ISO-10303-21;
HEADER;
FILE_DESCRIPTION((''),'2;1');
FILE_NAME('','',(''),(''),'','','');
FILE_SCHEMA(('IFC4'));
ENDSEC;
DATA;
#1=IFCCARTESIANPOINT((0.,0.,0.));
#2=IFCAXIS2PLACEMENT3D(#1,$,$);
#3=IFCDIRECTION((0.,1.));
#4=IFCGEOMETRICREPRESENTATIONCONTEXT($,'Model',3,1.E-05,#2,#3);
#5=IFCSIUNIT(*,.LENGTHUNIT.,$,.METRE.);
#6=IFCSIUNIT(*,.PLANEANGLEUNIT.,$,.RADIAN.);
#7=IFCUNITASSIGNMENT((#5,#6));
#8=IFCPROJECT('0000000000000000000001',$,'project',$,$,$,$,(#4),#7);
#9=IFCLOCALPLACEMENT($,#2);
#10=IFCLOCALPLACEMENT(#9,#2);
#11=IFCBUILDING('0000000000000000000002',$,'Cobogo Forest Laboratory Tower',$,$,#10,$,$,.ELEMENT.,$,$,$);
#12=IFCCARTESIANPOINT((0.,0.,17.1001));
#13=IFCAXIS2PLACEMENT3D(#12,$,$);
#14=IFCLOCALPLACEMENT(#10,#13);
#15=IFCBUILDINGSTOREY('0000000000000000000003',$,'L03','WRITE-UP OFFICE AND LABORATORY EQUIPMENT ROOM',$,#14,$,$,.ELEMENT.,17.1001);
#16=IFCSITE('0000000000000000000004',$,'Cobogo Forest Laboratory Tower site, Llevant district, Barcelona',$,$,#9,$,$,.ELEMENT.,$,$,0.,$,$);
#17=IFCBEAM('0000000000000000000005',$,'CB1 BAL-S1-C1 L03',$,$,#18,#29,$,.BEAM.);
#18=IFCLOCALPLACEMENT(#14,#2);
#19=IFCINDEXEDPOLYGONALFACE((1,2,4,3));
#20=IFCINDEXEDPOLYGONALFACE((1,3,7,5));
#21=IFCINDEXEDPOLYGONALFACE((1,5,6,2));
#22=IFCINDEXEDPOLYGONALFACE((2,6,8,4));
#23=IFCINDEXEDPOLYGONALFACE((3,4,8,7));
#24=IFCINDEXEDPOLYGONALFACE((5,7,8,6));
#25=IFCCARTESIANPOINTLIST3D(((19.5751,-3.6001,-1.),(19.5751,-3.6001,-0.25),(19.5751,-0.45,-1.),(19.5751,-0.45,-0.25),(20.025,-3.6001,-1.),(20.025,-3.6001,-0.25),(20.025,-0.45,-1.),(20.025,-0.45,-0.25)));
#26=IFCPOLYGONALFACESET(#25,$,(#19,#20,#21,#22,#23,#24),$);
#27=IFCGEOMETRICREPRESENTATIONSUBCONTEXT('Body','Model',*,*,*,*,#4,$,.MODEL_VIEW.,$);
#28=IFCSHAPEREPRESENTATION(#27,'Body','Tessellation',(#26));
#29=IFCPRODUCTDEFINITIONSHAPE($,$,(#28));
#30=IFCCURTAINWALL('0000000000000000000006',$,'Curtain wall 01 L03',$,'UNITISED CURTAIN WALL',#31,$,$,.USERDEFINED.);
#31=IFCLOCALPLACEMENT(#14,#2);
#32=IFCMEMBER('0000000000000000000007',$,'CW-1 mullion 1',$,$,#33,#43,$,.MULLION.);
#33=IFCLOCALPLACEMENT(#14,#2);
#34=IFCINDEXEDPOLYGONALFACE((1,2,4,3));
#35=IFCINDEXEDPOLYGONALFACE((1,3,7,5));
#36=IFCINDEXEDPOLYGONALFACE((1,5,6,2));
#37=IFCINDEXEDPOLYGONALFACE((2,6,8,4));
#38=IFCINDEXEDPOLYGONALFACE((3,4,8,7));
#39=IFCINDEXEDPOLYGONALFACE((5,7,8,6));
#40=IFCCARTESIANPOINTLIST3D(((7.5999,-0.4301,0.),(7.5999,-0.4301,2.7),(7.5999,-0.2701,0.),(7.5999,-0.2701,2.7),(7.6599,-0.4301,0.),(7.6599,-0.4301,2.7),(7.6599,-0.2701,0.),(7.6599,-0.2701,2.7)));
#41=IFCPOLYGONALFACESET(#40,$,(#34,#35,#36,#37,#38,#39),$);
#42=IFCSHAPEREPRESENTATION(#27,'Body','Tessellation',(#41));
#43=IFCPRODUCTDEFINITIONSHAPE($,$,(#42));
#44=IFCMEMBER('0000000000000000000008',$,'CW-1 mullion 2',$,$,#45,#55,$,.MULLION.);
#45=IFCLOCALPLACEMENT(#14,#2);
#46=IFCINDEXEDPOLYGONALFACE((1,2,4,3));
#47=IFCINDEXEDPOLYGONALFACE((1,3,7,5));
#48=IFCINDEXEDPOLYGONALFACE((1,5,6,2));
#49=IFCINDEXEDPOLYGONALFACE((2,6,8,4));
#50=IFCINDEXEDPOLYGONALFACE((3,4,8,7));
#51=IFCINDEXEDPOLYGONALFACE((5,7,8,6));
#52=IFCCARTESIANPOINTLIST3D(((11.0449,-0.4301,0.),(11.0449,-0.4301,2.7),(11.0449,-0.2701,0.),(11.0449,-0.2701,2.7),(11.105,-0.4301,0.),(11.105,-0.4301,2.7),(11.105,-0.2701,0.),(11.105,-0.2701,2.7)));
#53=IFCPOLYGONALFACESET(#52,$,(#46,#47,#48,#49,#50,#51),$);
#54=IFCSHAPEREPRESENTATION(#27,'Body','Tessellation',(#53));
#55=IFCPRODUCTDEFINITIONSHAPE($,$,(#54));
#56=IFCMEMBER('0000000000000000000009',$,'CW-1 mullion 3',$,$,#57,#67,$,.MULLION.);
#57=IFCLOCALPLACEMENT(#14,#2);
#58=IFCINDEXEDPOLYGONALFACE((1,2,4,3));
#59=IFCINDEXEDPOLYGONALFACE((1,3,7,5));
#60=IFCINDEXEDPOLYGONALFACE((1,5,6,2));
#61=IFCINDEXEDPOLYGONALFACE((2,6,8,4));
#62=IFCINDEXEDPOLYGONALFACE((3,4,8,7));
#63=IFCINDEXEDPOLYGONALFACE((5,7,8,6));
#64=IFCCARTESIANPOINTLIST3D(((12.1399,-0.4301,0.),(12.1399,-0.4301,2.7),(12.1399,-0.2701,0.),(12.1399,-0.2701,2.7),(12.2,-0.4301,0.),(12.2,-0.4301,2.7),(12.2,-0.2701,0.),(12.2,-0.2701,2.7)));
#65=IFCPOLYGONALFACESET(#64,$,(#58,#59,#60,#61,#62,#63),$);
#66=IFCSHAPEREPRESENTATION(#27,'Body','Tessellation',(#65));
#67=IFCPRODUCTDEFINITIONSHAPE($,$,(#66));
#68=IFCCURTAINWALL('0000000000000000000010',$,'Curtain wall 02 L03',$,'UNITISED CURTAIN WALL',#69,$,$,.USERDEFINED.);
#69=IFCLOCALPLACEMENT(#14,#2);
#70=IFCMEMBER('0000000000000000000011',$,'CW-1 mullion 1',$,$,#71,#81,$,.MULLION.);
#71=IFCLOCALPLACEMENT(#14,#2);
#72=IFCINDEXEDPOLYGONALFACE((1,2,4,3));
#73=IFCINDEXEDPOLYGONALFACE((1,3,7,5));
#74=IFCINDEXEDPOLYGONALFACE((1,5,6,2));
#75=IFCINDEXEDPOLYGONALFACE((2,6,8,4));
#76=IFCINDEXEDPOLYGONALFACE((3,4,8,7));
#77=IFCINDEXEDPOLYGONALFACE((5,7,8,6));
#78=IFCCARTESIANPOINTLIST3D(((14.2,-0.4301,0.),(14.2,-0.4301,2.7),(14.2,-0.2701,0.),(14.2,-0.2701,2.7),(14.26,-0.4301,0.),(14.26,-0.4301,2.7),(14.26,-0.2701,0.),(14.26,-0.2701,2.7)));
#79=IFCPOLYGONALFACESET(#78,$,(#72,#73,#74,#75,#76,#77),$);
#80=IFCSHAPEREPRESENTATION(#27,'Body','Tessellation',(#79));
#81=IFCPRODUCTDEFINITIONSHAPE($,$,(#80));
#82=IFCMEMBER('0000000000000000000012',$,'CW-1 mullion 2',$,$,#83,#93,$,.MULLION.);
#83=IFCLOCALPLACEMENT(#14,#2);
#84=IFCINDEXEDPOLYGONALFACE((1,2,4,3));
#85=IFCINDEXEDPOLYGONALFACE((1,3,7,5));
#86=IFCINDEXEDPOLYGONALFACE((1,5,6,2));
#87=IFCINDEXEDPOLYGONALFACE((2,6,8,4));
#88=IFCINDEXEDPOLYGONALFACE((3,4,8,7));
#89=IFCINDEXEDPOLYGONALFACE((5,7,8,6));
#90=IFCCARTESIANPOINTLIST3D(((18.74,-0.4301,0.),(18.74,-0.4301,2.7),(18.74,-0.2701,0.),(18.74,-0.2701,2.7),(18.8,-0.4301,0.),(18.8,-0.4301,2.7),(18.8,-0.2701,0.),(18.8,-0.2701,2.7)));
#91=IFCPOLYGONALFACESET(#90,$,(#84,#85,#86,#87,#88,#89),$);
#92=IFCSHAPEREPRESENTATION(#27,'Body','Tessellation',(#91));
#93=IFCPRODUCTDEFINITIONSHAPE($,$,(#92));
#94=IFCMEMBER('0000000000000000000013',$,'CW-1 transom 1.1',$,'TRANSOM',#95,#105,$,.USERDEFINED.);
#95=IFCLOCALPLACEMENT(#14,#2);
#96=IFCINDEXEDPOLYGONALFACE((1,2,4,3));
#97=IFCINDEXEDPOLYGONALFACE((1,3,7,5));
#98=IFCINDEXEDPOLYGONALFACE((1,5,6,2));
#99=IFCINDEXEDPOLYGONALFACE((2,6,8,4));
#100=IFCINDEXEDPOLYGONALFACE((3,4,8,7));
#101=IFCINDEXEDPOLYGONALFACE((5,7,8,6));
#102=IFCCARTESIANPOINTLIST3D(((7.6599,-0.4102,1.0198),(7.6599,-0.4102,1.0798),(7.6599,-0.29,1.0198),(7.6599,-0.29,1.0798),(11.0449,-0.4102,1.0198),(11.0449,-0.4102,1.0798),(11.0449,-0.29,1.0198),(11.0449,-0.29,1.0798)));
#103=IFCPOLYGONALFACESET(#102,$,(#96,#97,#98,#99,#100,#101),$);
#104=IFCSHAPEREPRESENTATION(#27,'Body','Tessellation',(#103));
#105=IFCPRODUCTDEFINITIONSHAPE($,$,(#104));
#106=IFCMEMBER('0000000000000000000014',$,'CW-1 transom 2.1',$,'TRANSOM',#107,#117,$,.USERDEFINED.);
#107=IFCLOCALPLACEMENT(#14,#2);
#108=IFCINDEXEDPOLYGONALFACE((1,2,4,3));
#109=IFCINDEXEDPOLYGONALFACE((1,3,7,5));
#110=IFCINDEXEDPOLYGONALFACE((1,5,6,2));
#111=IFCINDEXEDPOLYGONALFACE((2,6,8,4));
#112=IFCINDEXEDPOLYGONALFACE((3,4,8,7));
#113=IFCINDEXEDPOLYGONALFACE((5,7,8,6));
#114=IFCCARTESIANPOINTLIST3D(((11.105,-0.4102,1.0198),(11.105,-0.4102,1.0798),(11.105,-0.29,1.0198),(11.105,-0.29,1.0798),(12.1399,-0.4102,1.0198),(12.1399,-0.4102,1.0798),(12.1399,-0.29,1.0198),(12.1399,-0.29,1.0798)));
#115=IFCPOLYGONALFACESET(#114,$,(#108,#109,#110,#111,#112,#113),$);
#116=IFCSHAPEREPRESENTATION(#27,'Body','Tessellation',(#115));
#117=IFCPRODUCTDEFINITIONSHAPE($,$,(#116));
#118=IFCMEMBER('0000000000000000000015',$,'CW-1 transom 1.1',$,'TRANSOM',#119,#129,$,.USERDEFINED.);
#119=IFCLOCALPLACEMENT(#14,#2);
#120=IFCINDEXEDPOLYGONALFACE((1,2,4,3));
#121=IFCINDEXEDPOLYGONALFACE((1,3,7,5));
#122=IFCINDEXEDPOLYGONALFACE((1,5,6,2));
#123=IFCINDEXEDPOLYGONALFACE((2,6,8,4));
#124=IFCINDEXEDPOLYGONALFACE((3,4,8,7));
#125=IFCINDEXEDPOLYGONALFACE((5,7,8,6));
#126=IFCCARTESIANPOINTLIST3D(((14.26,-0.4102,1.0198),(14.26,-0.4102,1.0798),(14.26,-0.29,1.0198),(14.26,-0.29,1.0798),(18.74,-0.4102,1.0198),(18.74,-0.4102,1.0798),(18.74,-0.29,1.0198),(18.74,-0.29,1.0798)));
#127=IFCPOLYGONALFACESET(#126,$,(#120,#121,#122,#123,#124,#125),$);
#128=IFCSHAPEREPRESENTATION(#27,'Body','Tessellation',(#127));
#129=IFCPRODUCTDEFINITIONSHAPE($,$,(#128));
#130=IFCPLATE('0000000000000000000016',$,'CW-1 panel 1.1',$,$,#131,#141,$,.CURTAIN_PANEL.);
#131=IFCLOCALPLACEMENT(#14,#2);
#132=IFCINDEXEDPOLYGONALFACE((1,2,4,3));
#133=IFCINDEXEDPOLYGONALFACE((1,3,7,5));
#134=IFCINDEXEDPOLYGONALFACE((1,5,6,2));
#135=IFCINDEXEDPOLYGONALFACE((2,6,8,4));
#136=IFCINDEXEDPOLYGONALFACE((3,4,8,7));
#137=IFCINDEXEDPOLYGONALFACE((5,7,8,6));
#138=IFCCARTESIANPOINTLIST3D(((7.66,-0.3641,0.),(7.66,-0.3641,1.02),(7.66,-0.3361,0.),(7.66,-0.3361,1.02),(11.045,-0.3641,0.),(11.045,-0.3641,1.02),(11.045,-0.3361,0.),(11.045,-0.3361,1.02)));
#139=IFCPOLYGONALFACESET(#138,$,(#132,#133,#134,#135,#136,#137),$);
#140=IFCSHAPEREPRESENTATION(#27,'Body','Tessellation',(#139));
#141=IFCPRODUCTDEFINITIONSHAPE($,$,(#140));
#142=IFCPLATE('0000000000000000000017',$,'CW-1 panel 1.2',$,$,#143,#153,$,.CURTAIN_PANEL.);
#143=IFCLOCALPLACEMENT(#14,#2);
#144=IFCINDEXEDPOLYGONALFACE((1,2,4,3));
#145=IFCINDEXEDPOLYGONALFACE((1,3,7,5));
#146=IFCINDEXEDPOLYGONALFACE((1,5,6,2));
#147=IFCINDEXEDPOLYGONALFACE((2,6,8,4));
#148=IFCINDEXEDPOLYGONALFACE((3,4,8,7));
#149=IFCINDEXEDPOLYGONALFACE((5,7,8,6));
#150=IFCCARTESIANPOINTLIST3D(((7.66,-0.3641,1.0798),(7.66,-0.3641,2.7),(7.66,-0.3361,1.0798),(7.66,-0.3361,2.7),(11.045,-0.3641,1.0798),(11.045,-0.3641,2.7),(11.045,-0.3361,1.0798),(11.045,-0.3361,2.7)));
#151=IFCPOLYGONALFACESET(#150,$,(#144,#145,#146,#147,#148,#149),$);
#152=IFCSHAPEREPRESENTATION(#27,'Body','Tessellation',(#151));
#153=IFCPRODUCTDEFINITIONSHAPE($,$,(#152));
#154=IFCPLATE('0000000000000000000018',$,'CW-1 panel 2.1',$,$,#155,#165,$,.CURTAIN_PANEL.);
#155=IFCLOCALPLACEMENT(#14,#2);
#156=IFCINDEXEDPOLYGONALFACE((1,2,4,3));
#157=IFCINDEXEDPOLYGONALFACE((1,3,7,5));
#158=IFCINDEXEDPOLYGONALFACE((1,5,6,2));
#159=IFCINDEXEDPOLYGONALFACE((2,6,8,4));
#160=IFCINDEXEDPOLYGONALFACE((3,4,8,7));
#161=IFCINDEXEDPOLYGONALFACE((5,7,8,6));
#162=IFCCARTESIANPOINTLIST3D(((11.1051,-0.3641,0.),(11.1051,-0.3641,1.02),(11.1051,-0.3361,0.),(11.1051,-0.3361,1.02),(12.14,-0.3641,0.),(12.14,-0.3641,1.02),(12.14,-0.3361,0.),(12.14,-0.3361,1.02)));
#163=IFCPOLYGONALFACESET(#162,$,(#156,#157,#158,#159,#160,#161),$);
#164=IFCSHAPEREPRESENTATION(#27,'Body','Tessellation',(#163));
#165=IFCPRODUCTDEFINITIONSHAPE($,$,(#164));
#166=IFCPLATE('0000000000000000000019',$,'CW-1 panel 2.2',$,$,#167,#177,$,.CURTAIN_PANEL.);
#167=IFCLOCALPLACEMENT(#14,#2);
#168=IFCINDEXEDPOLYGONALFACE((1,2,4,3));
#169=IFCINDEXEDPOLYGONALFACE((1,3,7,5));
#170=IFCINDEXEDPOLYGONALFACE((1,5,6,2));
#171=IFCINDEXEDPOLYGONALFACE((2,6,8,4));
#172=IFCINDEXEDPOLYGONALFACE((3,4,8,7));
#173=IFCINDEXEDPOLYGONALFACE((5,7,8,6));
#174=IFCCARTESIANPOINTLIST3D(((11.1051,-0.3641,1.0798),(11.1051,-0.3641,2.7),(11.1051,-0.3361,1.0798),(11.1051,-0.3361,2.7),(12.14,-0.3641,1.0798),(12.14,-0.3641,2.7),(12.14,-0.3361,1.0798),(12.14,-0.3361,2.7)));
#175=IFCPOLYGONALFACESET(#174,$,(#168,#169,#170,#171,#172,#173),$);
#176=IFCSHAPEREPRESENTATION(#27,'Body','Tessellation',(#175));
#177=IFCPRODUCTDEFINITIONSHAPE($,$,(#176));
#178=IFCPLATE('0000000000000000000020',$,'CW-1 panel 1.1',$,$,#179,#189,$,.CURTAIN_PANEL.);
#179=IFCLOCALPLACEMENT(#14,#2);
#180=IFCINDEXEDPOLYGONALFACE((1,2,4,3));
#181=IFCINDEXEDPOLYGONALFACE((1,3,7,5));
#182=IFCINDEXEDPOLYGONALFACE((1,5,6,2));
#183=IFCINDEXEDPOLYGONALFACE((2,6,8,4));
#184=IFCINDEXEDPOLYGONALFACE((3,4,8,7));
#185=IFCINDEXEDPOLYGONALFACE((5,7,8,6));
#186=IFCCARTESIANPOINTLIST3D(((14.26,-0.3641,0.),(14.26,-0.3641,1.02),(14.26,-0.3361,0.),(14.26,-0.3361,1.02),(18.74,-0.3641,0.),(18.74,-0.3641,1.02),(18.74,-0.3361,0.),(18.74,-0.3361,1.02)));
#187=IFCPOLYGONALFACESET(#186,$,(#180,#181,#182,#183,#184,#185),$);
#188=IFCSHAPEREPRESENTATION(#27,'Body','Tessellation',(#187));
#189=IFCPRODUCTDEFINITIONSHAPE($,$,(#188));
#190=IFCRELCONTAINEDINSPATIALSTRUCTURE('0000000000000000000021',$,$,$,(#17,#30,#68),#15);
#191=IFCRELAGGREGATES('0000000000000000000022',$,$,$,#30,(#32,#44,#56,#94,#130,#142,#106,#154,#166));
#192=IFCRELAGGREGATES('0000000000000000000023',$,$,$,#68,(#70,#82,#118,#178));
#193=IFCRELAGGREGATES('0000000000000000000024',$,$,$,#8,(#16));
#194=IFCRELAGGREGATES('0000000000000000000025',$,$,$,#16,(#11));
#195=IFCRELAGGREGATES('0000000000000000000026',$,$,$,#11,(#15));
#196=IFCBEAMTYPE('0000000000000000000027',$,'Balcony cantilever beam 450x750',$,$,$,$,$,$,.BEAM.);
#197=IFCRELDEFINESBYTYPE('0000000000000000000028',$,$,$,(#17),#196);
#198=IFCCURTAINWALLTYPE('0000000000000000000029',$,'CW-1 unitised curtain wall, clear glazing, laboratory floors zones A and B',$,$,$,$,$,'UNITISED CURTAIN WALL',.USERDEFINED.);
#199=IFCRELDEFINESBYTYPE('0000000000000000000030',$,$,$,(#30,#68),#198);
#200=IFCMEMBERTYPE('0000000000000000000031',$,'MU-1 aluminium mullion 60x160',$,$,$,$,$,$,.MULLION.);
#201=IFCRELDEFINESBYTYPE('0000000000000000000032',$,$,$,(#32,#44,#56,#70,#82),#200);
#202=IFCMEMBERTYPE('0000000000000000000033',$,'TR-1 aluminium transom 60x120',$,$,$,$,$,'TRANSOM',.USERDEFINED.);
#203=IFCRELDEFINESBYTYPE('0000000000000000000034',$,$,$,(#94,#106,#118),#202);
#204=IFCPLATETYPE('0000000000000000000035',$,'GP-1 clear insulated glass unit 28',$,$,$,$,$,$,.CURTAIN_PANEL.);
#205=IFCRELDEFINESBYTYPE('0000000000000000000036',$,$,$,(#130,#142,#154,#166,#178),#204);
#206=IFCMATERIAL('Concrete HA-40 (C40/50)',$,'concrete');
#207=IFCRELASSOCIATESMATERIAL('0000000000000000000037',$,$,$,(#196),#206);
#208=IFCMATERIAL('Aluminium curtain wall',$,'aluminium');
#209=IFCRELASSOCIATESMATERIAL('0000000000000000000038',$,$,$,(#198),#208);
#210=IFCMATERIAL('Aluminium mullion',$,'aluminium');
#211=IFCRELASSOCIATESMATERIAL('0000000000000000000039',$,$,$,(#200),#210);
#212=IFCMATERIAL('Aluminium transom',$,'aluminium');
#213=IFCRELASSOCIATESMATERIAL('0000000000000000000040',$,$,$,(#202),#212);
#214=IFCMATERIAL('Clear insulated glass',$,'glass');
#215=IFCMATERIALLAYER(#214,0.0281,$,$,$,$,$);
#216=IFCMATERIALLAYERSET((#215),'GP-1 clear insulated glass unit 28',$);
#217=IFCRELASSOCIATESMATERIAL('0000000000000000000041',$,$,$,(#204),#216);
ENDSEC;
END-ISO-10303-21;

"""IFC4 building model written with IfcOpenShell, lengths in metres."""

from ifc_helpers import new_model, si_unit, direction, frame, origin, origin_2d, place, context, subcontext, project, spatial, rectangle, extrude, material, layer, layer_set, material_profile, profile_set, type_object, element, aggregate, save


model = new_model("IFC4")

# Units and contexts
model_context = context("Model", 3, precision=1e-05, world=origin(), true_north=direction((0.0, 1.0)))
body_context = subcontext(model_context, "Body", "Model", "MODEL_VIEW")
ifc_project = project(units=[si_unit("LENGTHUNIT", "METRE"), si_unit("PLANEANGLEUNIT", "RADIAN")], contexts=[model_context])

# Site, building, storey
site_placement = place(None, origin())
site = spatial("IfcSite", under=ifc_project, at=site_placement, Name="Cobogo Forest Laboratory Tower site, Llevant district, Barcelona", CompositionType="ELEMENT", RefElevation=0.0)
building_placement = place(site_placement, origin())
building = spatial("IfcBuilding", under=site, at=building_placement, Name="Cobogo Forest Laboratory Tower", CompositionType="ELEMENT")
storey_placement = place(building_placement, frame((0.0, 0.0, 17.1001)))
storey = spatial("IfcBuildingStorey", under=building, at=storey_placement, Name="L03", Description="WRITE-UP OFFICE AND LABORATORY EQUIPMENT ROOM", CompositionType="ELEMENT", Elevation=17.1001)

# Beam
ifc_material_1 = material(Name="Concrete HA-40 (C40/50)", Category="concrete")
ifc_material_profile_1 = material_profile(ifc_material_1, rectangle(XDim=0.45, YDim=0.75, at=origin_2d()), Name="RC 450x750")
ifc_profile_set_1 = profile_set([ifc_material_profile_1], Name="Concrete HA-40 (C40/50)")
beam_type = type_object("IfcBeamType", Name="Balcony cantilever beam 450x750", PredefinedType="BEAM", material=ifc_profile_set_1)
beam_placement = place(storey_placement, frame((19.8, -0.45, -0.625), z_axis=(0.0, -1.0, 0.0), x_axis=(1.0, 0.0, 0.0)))
element("IfcBeam", 1, at=beam_placement, inside=storey, type_object=beam_type, Name="CB1 BAL-S1-C1 L03", PredefinedType="BEAM", context=body_context, shape_type="SweptSolid", body=[
    extrude(rectangle(XDim=0.45, YDim=0.75, at=origin_2d()), origin(), (0.0, 0.0, 1.0), 3.1501),
])

# Curtain walls, members
ifc_material_2 = material(Name="Aluminium curtain wall", Category="aluminium")
curtain_wall_type = type_object("IfcCurtainWallType", Name="CW-1 unitised curtain wall, clear glazing, laboratory floors zones A and B", ElementType="UNITISED CURTAIN WALL", PredefinedType="USERDEFINED", material=ifc_material_2)
curtain_wall_1_placement = place(storey_placement, origin())
curtain_wall_1 = element("IfcCurtainWall", 2, at=curtain_wall_1_placement, inside=storey, type_object=curtain_wall_type, Name="Curtain wall 01 L03", ObjectType="UNITISED CURTAIN WALL", PredefinedType="USERDEFINED")
ifc_material_3 = material(Name="Aluminium mullion", Category="aluminium")
ifc_material_profile_2 = material_profile(ifc_material_3, rectangle(XDim=0.0601, YDim=0.1599, at=origin_2d()), Name="AL 60x160")
ifc_profile_set_2 = profile_set([ifc_material_profile_2], Name="Aluminium mullion")
member_type_1 = type_object("IfcMemberType", Name="MU-1 aluminium mullion 60x160", PredefinedType="MULLION", material=ifc_profile_set_2)
member_1_placement = place(storey_placement, frame((7.6299, -0.3501, 0.0), z_axis=(0.0, 0.0, 1.0), x_axis=(1.0, 0.0, 0.0)))
member_1 = element("IfcMember", 3, at=member_1_placement, type_object=member_type_1, Name="CW-1 mullion 1", PredefinedType="MULLION", context=body_context, shape_type="SweptSolid", body=[
    extrude(rectangle(XDim=0.0601, YDim=0.1599, at=origin_2d()), origin(), (0.0, 0.0, 1.0), 2.7),
])
member_2_placement = place(storey_placement, frame((11.075, -0.3501, 0.0), z_axis=(0.0, 0.0, 1.0), x_axis=(1.0, 0.0, 0.0)))
member_2 = element("IfcMember", 4, at=member_2_placement, type_object=member_type_1, Name="CW-1 mullion 2", PredefinedType="MULLION", context=body_context, shape_type="SweptSolid", body=[
    extrude(rectangle(XDim=0.0601, YDim=0.1599, at=origin_2d()), origin(), (0.0, 0.0, 1.0), 2.7),
])
member_3_placement = place(storey_placement, frame((12.1699, -0.3501, 0.0), z_axis=(0.0, 0.0, 1.0), x_axis=(1.0, 0.0, 0.0)))
member_3 = element("IfcMember", 5, at=member_3_placement, type_object=member_type_1, Name="CW-1 mullion 3", PredefinedType="MULLION", context=body_context, shape_type="SweptSolid", body=[
    extrude(rectangle(XDim=0.0601, YDim=0.1599, at=origin_2d()), origin(), (0.0, 0.0, 1.0), 2.7),
])
curtain_wall_2_placement = place(storey_placement, origin())
curtain_wall_2 = element("IfcCurtainWall", 6, at=curtain_wall_2_placement, inside=storey, type_object=curtain_wall_type, Name="Curtain wall 02 L03", ObjectType="UNITISED CURTAIN WALL", PredefinedType="USERDEFINED")
member_4_placement = place(storey_placement, frame((14.23, -0.3501, 0.0), z_axis=(0.0, 0.0, 1.0), x_axis=(1.0, 0.0, 0.0)))
member_4 = element("IfcMember", 7, at=member_4_placement, type_object=member_type_1, Name="CW-1 mullion 1", PredefinedType="MULLION", context=body_context, shape_type="SweptSolid", body=[
    extrude(rectangle(XDim=0.0601, YDim=0.1599, at=origin_2d()), origin(), (0.0, 0.0, 1.0), 2.7),
])
member_5_placement = place(storey_placement, frame((18.77, -0.3501, 0.0), z_axis=(0.0, 0.0, 1.0), x_axis=(1.0, 0.0, 0.0)))
member_5 = element("IfcMember", 8, at=member_5_placement, type_object=member_type_1, Name="CW-1 mullion 2", PredefinedType="MULLION", context=body_context, shape_type="SweptSolid", body=[
    extrude(rectangle(XDim=0.0601, YDim=0.1599, at=origin_2d()), origin(), (0.0, 0.0, 1.0), 2.7),
])

# Members
ifc_material_4 = material(Name="Aluminium transom", Category="aluminium")
ifc_material_profile_3 = material_profile(ifc_material_4, rectangle(XDim=0.1201, YDim=0.0601, at=origin_2d()), Name="AL 60x120")
ifc_profile_set_3 = profile_set([ifc_material_profile_3], Name="Aluminium transom")
member_type_2 = type_object("IfcMemberType", Name="TR-1 aluminium transom 60x120", ElementType="TRANSOM", PredefinedType="USERDEFINED", material=ifc_profile_set_3)
member_6_placement = place(storey_placement, frame((7.6599, -0.3501, 1.0498), z_axis=(1.0, 0.0, 0.0), x_axis=(0.0, 1.0, 0.0)))
member_6 = element("IfcMember", 9, at=member_6_placement, type_object=member_type_2, Name="CW-1 transom 1.1", ObjectType="TRANSOM", PredefinedType="USERDEFINED", context=body_context, shape_type="SweptSolid", body=[
    extrude(rectangle(XDim=0.1201, YDim=0.0601, at=origin_2d()), origin(), (0.0, 0.0, 1.0), 3.385),
])
member_7_placement = place(storey_placement, frame((11.105, -0.3501, 1.0498), z_axis=(1.0, 0.0, 0.0), x_axis=(0.0, 1.0, 0.0)))
member_7 = element("IfcMember", 10, at=member_7_placement, type_object=member_type_2, Name="CW-1 transom 2.1", ObjectType="TRANSOM", PredefinedType="USERDEFINED", context=body_context, shape_type="SweptSolid", body=[
    extrude(rectangle(XDim=0.1201, YDim=0.0601, at=origin_2d()), origin(), (0.0, 0.0, 1.0), 1.0349),
])
member_8_placement = place(storey_placement, frame((14.26, -0.3501, 1.0498), z_axis=(1.0, 0.0, 0.0), x_axis=(0.0, 1.0, 0.0)))
member_8 = element("IfcMember", 11, at=member_8_placement, type_object=member_type_2, Name="CW-1 transom 1.1", ObjectType="TRANSOM", PredefinedType="USERDEFINED", context=body_context, shape_type="SweptSolid", body=[
    extrude(rectangle(XDim=0.1201, YDim=0.0601, at=origin_2d()), origin(), (0.0, 0.0, 1.0), 4.48),
])

# Plates
ifc_material_5 = material(Name="Clear insulated glass", Category="glass")
ifc_layer = layer(ifc_material_5, 0.0281)
ifc_layer_set = layer_set([ifc_layer], Name="GP-1 clear insulated glass unit 28")
plate_type_1 = type_object("IfcPlateType", Name="GP-1 clear insulated glass unit 28", PredefinedType="CURTAIN_PANEL", material=ifc_layer_set)
plate_1_placement = place(storey_placement, frame((9.3525, -0.3501, 0.0), z_axis=(0.0, 0.0, 1.0), x_axis=(1.0, 0.0, 0.0)))
plate_1 = element("IfcPlate", 12, at=plate_1_placement, type_object=plate_type_1, Name="CW-1 panel 1.1", PredefinedType="CURTAIN_PANEL", context=body_context, shape_type="SweptSolid", body=[
    extrude(rectangle(XDim=3.385, YDim=0.0281, at=origin_2d()), origin(), (0.0, 0.0, 1.0), 1.02),
])
plate_2_placement = place(storey_placement, frame((9.3525, -0.3501, 1.0798), z_axis=(0.0, 0.0, 1.0), x_axis=(1.0, 0.0, 0.0)))
plate_2 = element("IfcPlate", 13, at=plate_2_placement, type_object=plate_type_1, Name="CW-1 panel 1.2", PredefinedType="CURTAIN_PANEL", context=body_context, shape_type="SweptSolid", body=[
    extrude(rectangle(XDim=3.385, YDim=0.0281, at=origin_2d()), origin(), (0.0, 0.0, 1.0), 1.6201),
])
plate_3_placement = place(storey_placement, frame((11.6226, -0.3501, 0.0), z_axis=(0.0, 0.0, 1.0), x_axis=(1.0, 0.0, 0.0)))
plate_3 = element("IfcPlate", 14, at=plate_3_placement, type_object=plate_type_1, Name="CW-1 panel 2.1", PredefinedType="CURTAIN_PANEL", context=body_context, shape_type="SweptSolid", body=[
    extrude(rectangle(XDim=1.0349, YDim=0.0281, at=origin_2d()), origin(), (0.0, 0.0, 1.0), 1.02),
])
plate_4_placement = place(storey_placement, frame((11.6226, -0.3501, 1.0798), z_axis=(0.0, 0.0, 1.0), x_axis=(1.0, 0.0, 0.0)))
plate_4 = element("IfcPlate", 15, at=plate_4_placement, type_object=plate_type_1, Name="CW-1 panel 2.2", PredefinedType="CURTAIN_PANEL", context=body_context, shape_type="SweptSolid", body=[
    extrude(rectangle(XDim=1.0349, YDim=0.0281, at=origin_2d()), origin(), (0.0, 0.0, 1.0), 1.6201),
])
aggregate(curtain_wall_1, [member_1, member_2, member_3, member_6, plate_1, plate_2, member_7, plate_3, plate_4])
plate_5_placement = place(storey_placement, frame((16.5, -0.3501, 0.0), z_axis=(0.0, 0.0, 1.0), x_axis=(1.0, 0.0, 0.0)))
plate_5 = element("IfcPlate", 16, at=plate_5_placement, type_object=plate_type_1, Name="CW-1 panel 1.1", PredefinedType="CURTAIN_PANEL", context=body_context, shape_type="SweptSolid", body=[
    extrude(rectangle(XDim=4.48, YDim=0.0281, at=origin_2d()), origin(), (0.0, 0.0, 1.0), 1.02),
])
aggregate(curtain_wall_2, [member_4, member_5, member_8, plate_5])

save(model, "model.ifc")
